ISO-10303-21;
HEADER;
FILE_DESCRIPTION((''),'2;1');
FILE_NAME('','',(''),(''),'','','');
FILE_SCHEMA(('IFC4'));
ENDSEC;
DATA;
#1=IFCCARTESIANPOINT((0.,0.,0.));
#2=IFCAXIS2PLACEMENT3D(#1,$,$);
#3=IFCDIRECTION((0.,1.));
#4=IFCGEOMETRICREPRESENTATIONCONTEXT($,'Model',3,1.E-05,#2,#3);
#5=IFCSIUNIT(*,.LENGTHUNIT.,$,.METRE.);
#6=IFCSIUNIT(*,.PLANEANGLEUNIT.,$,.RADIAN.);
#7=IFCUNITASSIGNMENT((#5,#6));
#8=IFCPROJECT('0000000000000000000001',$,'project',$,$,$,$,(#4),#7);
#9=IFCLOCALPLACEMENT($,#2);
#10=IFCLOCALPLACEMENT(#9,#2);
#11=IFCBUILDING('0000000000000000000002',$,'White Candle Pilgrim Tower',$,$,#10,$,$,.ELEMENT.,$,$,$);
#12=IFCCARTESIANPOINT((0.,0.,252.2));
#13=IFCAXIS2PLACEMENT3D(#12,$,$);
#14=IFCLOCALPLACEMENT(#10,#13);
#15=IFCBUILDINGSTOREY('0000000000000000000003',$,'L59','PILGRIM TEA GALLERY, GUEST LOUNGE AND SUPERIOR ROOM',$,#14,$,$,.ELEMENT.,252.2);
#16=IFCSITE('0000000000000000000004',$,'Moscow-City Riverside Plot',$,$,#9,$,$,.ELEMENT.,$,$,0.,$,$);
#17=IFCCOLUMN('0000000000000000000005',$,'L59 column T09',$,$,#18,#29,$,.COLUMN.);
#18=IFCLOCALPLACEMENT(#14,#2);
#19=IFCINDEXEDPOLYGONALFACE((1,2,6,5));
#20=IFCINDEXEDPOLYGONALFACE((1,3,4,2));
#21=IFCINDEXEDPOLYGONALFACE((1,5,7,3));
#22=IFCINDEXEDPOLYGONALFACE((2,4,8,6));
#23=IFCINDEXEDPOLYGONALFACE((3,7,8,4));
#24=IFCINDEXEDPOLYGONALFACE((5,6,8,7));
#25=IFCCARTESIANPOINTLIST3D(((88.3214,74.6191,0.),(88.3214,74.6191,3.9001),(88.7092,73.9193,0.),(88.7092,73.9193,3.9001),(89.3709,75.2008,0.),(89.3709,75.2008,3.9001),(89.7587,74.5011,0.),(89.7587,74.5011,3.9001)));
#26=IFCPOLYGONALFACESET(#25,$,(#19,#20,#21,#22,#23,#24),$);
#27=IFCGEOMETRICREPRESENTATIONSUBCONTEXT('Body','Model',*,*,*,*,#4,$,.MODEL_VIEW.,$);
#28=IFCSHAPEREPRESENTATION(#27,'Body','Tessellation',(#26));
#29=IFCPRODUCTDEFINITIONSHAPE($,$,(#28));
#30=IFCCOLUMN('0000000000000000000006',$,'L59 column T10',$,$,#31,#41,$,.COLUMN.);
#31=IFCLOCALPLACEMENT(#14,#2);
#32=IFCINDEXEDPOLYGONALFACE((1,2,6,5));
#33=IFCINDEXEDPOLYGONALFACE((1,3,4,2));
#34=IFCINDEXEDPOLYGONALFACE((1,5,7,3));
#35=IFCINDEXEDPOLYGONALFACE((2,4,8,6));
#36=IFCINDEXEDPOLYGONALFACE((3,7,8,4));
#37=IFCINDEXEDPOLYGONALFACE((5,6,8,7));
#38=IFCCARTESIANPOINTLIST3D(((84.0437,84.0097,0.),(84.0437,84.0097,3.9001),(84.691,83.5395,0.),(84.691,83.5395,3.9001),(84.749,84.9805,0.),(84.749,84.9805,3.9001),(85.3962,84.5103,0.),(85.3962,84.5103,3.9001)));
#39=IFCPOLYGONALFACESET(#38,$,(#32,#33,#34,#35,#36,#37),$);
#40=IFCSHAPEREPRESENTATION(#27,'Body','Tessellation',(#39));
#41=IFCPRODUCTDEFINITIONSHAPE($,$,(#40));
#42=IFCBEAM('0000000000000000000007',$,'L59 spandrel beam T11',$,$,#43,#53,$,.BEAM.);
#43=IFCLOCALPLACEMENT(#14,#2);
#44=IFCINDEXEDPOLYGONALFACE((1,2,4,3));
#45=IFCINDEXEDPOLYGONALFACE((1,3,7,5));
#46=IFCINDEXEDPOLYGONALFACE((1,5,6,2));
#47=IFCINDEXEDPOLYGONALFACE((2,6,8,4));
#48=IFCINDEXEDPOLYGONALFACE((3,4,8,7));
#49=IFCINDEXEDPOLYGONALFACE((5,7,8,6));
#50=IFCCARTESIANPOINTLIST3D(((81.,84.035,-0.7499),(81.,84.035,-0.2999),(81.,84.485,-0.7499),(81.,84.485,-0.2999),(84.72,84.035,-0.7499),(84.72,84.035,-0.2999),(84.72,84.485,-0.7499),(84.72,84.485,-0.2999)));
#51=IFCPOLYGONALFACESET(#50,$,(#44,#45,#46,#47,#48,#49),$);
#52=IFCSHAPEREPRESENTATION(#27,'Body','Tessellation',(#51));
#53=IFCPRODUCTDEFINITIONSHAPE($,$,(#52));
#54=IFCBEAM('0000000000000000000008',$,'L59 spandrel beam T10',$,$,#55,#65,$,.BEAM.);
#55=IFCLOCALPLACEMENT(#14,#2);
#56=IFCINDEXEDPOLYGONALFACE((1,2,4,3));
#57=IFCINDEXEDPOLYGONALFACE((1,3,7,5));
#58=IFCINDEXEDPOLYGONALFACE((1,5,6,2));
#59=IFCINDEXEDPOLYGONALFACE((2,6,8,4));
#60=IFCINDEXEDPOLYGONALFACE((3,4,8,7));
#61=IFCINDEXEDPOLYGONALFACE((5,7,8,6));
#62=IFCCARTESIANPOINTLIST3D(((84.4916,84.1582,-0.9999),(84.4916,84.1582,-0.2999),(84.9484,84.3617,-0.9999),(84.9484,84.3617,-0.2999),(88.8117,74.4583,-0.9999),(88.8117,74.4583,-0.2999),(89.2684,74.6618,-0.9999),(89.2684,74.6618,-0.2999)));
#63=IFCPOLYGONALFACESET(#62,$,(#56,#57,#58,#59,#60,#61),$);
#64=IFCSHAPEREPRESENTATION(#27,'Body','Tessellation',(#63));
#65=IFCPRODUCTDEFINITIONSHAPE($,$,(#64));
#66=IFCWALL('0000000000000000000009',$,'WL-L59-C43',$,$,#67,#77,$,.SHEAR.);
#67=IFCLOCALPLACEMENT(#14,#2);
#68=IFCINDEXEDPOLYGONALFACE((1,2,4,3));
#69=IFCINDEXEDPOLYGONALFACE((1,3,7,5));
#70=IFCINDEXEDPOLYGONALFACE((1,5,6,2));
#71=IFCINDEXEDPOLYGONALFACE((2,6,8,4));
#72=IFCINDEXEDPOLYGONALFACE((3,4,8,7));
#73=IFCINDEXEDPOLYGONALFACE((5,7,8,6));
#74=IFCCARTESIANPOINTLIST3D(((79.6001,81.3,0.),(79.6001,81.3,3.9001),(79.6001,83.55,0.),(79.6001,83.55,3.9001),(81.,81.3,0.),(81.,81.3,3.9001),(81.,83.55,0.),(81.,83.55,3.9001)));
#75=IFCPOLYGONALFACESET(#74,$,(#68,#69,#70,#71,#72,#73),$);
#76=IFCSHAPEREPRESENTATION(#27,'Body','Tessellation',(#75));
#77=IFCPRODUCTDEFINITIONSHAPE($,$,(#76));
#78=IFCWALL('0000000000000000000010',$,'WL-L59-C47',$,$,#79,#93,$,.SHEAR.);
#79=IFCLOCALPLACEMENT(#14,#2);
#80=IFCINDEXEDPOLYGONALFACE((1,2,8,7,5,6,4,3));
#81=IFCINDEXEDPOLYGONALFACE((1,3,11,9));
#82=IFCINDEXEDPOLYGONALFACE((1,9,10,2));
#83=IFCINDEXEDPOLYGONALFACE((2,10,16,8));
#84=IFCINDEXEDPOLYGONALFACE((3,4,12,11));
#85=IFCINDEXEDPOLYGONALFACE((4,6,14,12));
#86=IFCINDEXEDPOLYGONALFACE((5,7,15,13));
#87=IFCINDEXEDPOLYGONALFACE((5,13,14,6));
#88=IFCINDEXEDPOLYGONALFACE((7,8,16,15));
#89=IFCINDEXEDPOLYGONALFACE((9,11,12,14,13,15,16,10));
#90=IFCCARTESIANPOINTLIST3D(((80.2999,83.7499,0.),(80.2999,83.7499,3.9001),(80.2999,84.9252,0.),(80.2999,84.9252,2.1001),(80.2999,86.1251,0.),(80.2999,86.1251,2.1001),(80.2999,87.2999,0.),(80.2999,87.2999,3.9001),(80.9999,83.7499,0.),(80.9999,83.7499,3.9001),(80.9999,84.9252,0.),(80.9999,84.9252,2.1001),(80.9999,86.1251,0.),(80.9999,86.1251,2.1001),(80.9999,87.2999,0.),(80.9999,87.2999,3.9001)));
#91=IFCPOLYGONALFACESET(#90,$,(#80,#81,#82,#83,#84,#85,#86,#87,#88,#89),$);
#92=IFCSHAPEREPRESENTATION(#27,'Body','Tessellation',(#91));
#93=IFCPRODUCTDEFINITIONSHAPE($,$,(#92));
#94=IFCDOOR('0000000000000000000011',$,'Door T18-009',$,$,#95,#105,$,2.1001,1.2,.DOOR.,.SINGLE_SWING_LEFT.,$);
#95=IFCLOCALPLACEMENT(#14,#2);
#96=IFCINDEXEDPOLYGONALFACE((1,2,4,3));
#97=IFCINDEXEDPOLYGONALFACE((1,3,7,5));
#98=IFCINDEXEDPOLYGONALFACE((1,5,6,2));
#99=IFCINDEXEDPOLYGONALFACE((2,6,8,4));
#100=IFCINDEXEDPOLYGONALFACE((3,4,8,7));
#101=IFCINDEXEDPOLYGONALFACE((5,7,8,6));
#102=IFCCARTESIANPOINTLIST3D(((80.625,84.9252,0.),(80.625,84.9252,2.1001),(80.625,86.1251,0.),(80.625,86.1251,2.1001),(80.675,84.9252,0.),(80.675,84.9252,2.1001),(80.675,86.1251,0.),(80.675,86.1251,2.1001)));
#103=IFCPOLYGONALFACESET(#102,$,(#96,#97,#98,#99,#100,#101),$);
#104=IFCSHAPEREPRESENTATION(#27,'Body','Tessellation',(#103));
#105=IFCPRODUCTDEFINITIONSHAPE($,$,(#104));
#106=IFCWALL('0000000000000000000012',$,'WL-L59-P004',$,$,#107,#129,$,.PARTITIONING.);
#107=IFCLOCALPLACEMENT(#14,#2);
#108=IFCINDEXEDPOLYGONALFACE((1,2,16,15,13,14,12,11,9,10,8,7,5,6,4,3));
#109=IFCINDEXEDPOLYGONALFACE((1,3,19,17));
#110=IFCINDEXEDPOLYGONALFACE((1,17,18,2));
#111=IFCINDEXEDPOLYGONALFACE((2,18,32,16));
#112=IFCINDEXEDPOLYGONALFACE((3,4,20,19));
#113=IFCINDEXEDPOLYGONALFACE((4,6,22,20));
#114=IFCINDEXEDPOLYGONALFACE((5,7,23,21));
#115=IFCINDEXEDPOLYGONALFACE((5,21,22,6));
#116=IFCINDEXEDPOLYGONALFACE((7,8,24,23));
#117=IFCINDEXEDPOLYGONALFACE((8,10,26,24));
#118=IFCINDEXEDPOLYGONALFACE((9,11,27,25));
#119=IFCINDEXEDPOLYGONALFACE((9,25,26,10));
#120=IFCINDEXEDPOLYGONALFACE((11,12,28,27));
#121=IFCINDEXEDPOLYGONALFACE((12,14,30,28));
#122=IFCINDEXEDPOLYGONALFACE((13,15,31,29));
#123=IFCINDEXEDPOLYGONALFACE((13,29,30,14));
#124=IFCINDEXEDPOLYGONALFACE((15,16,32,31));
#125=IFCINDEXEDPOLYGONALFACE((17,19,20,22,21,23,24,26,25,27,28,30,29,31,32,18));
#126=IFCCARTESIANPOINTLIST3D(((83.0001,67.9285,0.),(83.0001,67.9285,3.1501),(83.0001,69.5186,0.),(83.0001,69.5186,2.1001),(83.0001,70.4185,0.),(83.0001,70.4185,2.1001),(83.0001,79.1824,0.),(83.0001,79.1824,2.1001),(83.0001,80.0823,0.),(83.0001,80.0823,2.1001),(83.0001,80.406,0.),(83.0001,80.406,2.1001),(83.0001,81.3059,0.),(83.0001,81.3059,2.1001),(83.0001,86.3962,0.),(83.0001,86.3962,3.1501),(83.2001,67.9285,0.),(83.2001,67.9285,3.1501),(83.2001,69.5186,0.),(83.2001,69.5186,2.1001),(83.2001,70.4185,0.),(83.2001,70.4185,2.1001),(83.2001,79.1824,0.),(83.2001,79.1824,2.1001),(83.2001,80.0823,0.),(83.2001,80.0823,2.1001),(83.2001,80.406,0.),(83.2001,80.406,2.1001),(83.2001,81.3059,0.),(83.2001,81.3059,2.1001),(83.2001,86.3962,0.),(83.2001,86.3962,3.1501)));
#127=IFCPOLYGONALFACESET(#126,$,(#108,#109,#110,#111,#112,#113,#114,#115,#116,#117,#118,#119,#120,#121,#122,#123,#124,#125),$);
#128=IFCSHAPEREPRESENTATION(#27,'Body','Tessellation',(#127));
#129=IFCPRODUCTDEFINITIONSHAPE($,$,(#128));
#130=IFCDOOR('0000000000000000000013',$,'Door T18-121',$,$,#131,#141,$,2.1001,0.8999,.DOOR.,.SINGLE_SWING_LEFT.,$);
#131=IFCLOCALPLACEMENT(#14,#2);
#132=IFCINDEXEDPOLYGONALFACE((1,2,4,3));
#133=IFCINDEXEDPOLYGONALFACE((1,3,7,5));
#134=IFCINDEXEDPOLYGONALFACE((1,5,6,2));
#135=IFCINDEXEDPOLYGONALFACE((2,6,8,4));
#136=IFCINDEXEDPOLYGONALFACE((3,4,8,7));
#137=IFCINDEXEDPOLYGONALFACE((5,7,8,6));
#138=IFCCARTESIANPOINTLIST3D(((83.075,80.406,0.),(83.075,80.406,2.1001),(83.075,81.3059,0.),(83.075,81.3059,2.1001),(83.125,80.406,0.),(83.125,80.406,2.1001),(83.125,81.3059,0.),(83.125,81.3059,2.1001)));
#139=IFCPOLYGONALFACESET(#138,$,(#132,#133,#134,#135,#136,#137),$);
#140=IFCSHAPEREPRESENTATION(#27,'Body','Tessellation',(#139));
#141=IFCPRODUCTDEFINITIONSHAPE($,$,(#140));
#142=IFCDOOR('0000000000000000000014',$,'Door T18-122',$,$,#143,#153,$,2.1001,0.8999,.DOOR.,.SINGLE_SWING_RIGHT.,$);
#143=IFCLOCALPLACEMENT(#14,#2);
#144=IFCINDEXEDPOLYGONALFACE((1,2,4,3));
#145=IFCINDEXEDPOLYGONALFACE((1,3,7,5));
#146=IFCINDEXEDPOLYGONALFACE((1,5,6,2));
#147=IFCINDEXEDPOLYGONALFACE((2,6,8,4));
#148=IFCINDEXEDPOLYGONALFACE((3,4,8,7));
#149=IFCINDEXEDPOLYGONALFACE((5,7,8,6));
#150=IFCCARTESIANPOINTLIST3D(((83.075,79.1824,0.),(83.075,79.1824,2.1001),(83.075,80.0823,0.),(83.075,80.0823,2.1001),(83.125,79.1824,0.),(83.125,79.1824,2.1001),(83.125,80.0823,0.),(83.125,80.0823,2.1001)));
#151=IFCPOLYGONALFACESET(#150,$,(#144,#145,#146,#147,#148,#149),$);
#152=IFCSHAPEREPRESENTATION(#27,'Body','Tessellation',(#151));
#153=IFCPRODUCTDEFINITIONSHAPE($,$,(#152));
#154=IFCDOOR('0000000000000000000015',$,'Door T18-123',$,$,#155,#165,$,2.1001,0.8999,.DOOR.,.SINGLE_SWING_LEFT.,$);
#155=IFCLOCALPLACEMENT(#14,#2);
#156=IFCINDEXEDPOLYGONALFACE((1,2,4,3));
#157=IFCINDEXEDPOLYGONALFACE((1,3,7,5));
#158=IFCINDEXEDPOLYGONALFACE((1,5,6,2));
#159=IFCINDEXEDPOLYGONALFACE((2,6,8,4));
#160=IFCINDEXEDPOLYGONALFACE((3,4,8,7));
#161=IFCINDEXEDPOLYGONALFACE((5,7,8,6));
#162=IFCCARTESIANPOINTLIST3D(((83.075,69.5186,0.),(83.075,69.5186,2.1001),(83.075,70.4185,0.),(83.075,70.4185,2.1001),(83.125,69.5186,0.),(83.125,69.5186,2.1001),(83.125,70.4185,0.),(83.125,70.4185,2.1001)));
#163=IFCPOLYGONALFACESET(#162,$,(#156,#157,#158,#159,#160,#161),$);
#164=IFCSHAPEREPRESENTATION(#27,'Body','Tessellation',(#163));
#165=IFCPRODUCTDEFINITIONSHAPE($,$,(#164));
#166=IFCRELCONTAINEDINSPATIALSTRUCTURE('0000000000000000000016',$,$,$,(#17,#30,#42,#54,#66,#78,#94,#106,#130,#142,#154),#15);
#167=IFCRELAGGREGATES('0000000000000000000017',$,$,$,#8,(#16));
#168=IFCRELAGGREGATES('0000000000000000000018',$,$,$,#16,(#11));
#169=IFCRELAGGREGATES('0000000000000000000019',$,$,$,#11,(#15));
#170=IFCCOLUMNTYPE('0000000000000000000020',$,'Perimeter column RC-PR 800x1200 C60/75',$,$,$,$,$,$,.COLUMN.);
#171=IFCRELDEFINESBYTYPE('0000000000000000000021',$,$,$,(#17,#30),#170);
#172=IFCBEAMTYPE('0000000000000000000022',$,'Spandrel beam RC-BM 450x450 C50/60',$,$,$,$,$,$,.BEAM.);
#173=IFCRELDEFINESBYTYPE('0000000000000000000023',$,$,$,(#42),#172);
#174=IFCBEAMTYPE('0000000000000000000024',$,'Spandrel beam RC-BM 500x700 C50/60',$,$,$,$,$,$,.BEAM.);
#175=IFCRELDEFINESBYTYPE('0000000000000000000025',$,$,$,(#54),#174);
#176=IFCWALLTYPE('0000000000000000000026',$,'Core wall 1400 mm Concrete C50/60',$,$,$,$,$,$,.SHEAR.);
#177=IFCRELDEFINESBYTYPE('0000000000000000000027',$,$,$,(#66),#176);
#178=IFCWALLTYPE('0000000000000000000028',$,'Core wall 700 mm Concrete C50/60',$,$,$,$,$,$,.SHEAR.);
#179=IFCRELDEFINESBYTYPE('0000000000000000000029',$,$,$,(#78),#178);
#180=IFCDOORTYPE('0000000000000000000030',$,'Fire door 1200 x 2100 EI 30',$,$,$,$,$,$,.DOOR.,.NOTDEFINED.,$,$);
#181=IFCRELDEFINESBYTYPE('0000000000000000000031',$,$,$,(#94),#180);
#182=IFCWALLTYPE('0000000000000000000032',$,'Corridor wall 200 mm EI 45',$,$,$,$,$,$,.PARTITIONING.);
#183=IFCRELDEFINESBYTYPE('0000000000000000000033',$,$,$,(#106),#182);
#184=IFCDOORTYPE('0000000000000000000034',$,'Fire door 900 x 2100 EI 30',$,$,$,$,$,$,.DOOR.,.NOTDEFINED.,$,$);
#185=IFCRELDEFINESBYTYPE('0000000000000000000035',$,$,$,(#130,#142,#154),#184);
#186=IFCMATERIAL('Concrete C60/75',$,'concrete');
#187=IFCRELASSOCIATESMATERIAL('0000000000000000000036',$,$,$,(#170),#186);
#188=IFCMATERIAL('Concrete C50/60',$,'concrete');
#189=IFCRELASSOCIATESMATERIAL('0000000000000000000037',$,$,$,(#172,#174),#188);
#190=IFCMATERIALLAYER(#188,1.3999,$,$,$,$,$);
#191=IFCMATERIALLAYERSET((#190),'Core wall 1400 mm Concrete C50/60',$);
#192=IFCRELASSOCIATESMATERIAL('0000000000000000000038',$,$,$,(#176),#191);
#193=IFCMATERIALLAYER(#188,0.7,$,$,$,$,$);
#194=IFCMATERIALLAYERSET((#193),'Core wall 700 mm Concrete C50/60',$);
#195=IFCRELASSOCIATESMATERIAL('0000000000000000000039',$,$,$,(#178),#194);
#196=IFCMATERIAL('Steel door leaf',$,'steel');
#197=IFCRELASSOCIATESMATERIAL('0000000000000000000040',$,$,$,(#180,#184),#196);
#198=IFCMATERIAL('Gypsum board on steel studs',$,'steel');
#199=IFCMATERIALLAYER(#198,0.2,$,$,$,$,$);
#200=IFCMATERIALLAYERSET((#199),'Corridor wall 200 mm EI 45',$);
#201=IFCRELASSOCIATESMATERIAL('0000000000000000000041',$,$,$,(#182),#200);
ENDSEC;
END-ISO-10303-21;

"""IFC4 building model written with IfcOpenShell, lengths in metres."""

from ifc_helpers import new_model, si_unit, direction, frame, frame_2d, origin, origin_2d, place, context, subcontext, project, spatial, rectangle, extrude, material, layer, layer_set, material_profile, profile_set, type_object, element, fill, save


model = new_model("IFC4")

# Units and contexts
model_context = context("Model", 3, precision=1e-05, world=origin(), true_north=direction((0.0, 1.0)))
body_context = subcontext(model_context, "Body", "Model", "MODEL_VIEW")
ifc_project = project(units=[si_unit("LENGTHUNIT", "METRE"), si_unit("PLANEANGLEUNIT", "RADIAN")], contexts=[model_context])

# Site, building, storey
site_placement = place(None, origin())
site = spatial("IfcSite", under=ifc_project, at=site_placement, Name="Moscow-City Riverside Plot", CompositionType="ELEMENT", RefElevation=0.0)
building_placement = place(site_placement, origin())
building = spatial("IfcBuilding", under=site, at=building_placement, Name="White Candle Pilgrim Tower", CompositionType="ELEMENT")
storey_placement = place(building_placement, frame((0.0, 0.0, 252.2)))
storey = spatial("IfcBuildingStorey", under=building, at=storey_placement, Name="L59", Description="PILGRIM TEA GALLERY, GUEST LOUNGE AND SUPERIOR ROOM", CompositionType="ELEMENT", Elevation=252.2)

# Columns
ifc_material_1 = material(Name="Concrete C60/75", Category="concrete")
ifc_material_profile_1 = material_profile(ifc_material_1, rectangle(XDim=0.8, YDim=1.2, at=origin_2d()), Name="RC-PR 800x1200")
ifc_profile_set_1 = profile_set([ifc_material_profile_1], Name="Concrete C60/75")
column_type = type_object("IfcColumnType", Name="Perimeter column RC-PR 800x1200 C60/75", PredefinedType="COLUMN", material=ifc_profile_set_1)
for number, where, z_axis, x_axis, name in (
    (1, (89.04, 74.5601, 0.0), (0.0, 0.0, 1.0), (0.48481, -0.87462, 0.0), "L59 column T09"),
    (2, (84.72, 84.26, 0.0), (0.0, 0.0, 1.0), (0.809027, -0.587771, 0.0), "L59 column T10"),
):
    element("IfcColumn", number, at=place(storey_placement, frame(where, z_axis=z_axis, x_axis=x_axis)), inside=storey, type_object=column_type, Name=name, PredefinedType="COLUMN", context=body_context, shape_type="SweptSolid", body=[
        extrude(rectangle(XDim=0.8, YDim=1.2, at=origin_2d()), origin(), (0.0, 0.0, 1.0), 3.9001),
    ])

# Beams
ifc_material_2 = material(Name="Concrete C50/60", Category="concrete")
ifc_material_profile_2 = material_profile(ifc_material_2, rectangle(XDim=0.45, YDim=0.45, at=origin_2d()), Name="RC-BM 450x450")
ifc_profile_set_2 = profile_set([ifc_material_profile_2], Name="Concrete C50/60")
beam_type_1 = type_object("IfcBeamType", Name="Spandrel beam RC-BM 450x450 C50/60", PredefinedType="BEAM", material=ifc_profile_set_2)
beam_1_placement = place(storey_placement, frame((84.72, 84.26, -0.5249), z_axis=(-1.0, 0.0, 0.0), x_axis=(0.0, -1.0, 0.0)))
element("IfcBeam", 3, at=beam_1_placement, inside=storey, type_object=beam_type_1, Name="L59 spandrel beam T11", PredefinedType="BEAM", context=body_context, shape_type="SweptSolid", body=[
    extrude(rectangle(XDim=0.45, YDim=0.45, at=origin_2d()), origin(), (0.0, 0.0, 1.0), 3.72),
])
ifc_material_profile_3 = material_profile(ifc_material_2, rectangle(XDim=0.5, YDim=0.7, at=origin_2d()), Name="RC-BM 500x700")
ifc_profile_set_3 = profile_set([ifc_material_profile_3], Name="Concrete C50/60")
beam_type_2 = type_object("IfcBeamType", Name="Spandrel beam RC-BM 500x700 C50/60", PredefinedType="BEAM", material=ifc_profile_set_3)
beam_2_placement = place(storey_placement, frame((89.04, 74.5601, -0.6499), z_axis=(-0.406844, 0.913497, 0.0), x_axis=(-0.913497, -0.406844, 0.0)))
element("IfcBeam", 4, at=beam_2_placement, inside=storey, type_object=beam_type_2, Name="L59 spandrel beam T10", PredefinedType="BEAM", context=body_context, shape_type="SweptSolid", body=[
    extrude(rectangle(XDim=0.5, YDim=0.7, at=origin_2d()), origin(), (0.0, 0.0, 1.0), 10.6184),
])

# Wall
ifc_layer_1 = layer(ifc_material_2, 1.3999)
ifc_layer_set_1 = layer_set([ifc_layer_1], Name="Core wall 1400 mm Concrete C50/60")
wall_type_1 = type_object("IfcWallType", Name="Core wall 1400 mm Concrete C50/60", PredefinedType="SHEAR", material=ifc_layer_set_1)
wall_1_placement = place(storey_placement, frame((80.3, 81.3, 0.0), z_axis=(0.0, 0.0, 1.0), x_axis=(0.0, 1.0, 0.0)))
element("IfcWall", 5, at=wall_1_placement, inside=storey, type_object=wall_type_1, Name="WL-L59-C43", PredefinedType="SHEAR", context=body_context, shape_type="SweptSolid", body=[
    extrude(rectangle(XDim=2.25, YDim=1.3999, at=frame_2d((1.125, 0.0))), origin(), (0.0, 0.0, 1.0), 3.9001),
])

# Wall, opening, door
ifc_layer_2 = layer(ifc_material_2, 0.7)
ifc_layer_set_2 = layer_set([ifc_layer_2], Name="Core wall 700 mm Concrete C50/60")
wall_type_2 = type_object("IfcWallType", Name="Core wall 700 mm Concrete C50/60", PredefinedType="SHEAR", material=ifc_layer_set_2)
wall_2_placement = place(storey_placement, frame((80.6499, 83.75, 0.0), z_axis=(0.0, 0.0, 1.0), x_axis=(0.0, 1.0, 0.0)))
wall_2 = element("IfcWall", 6, at=wall_2_placement, inside=storey, type_object=wall_type_2, Name="WL-L59-C47", PredefinedType="SHEAR", context=body_context, shape_type="SweptSolid", body=[
    extrude(rectangle(XDim=3.55, YDim=0.7, at=frame_2d((1.7749, 0.0))), origin(), (0.0, 0.0, 1.0), 3.9001),
])
opening_1_placement = place(wall_2_placement, frame((1.175, 0.0, 0.0)))
opening_1 = element("IfcOpeningElement", 7, at=opening_1_placement, cuts=wall_2, PredefinedType="OPENING", context=body_context, shape_type="SweptSolid", body=[
    extrude(rectangle(XDim=1.2, YDim=2.1001, at=frame_2d((0.6001, 1.05))), frame((0.0, 0.3599, 0.0), z_axis=(0.0, -1.0, 0.0), x_axis=(1.0, 0.0, 0.0)), (0.0, 0.0, 1.0), 0.72),
])
ifc_material_3 = material(Name="Steel door leaf", Category="steel")
door_type_1 = type_object("IfcDoorType", Name="Fire door 1200 x 2100 EI 30", OperationType="NOTDEFINED", PredefinedType="DOOR", material=ifc_material_3)
door_1_placement = place(opening_1_placement, origin())
door_1 = element("IfcDoor", 8, at=door_1_placement, inside=storey, type_object=door_type_1, Name="Door T18-009", OperationType="SINGLE_SWING_LEFT", OverallHeight=2.1001, OverallWidth=1.2, PredefinedType="DOOR", context=body_context, shape_type="SweptSolid", body=[
    extrude(rectangle(XDim=1.2, YDim=2.1001, at=frame_2d((0.6001, 1.05))), frame((0.0, 0.0249, 0.0), z_axis=(0.0, -1.0, 0.0), x_axis=(1.0, 0.0, 0.0)), (0.0, 0.0, 1.0), 0.05),
])
fill(opening_1, door_1)

# Wall, openings, doors
ifc_material_4 = material(Name="Gypsum board on steel studs", Category="steel")
ifc_layer_3 = layer(ifc_material_4, 0.2)
ifc_layer_set_3 = layer_set([ifc_layer_3], Name="Corridor wall 200 mm EI 45")
wall_type_3 = type_object("IfcWallType", Name="Corridor wall 200 mm EI 45", PredefinedType="PARTITIONING", material=ifc_layer_set_3)
wall_3_placement = place(storey_placement, frame((83.1001, 86.3962, 0.0), z_axis=(0.0, 0.0, 1.0), x_axis=(0.0, -1.0, 0.0)))
wall_3 = element("IfcWall", 9, at=wall_3_placement, inside=storey, type_object=wall_type_3, Name="WL-L59-P004", PredefinedType="PARTITIONING", context=body_context, shape_type="SweptSolid", body=[
    extrude(rectangle(XDim=18.4678, YDim=0.2, at=frame_2d((9.2339, 0.0))), origin(), (0.0, 0.0, 1.0), 3.1501),
])
opening_2_placement = place(wall_3_placement, frame((5.0903, 0.0, 0.0)))
opening_2 = element("IfcOpeningElement", 10, at=opening_2_placement, cuts=wall_3, PredefinedType="OPENING", context=body_context, shape_type="SweptSolid", body=[
    extrude(rectangle(XDim=0.8999, YDim=2.1001, at=frame_2d((0.45, 1.05))), frame((0.0, 0.1099, 0.0), z_axis=(0.0, -1.0, 0.0), x_axis=(1.0, 0.0, 0.0)), (0.0, 0.0, 1.0), 0.22),
])
opening_3_placement = place(wall_3_placement, frame((6.314, 0.0, 0.0)))
opening_3 = element("IfcOpeningElement", 11, at=opening_3_placement, cuts=wall_3, PredefinedType="OPENING", context=body_context, shape_type="SweptSolid", body=[
    extrude(rectangle(XDim=0.8999, YDim=2.1001, at=frame_2d((0.45, 1.05))), frame((0.0, 0.1099, 0.0), z_axis=(0.0, -1.0, 0.0), x_axis=(1.0, 0.0, 0.0)), (0.0, 0.0, 1.0), 0.22),
])
opening_4_placement = place(wall_3_placement, frame((15.9778, 0.0, 0.0)))
opening_4 = element("IfcOpeningElement", 12, at=opening_4_placement, cuts=wall_3, PredefinedType="OPENING", context=body_context, shape_type="SweptSolid", body=[
    extrude(rectangle(XDim=0.8999, YDim=2.1001, at=frame_2d((0.45, 1.05))), frame((0.0, 0.1099, 0.0), z_axis=(0.0, -1.0, 0.0), x_axis=(1.0, 0.0, 0.0)), (0.0, 0.0, 1.0), 0.22),
])
door_type_2 = type_object("IfcDoorType", Name="Fire door 900 x 2100 EI 30", OperationType="NOTDEFINED", PredefinedType="DOOR", material=ifc_material_3)
door_2_placement = place(opening_2_placement, origin())
door_2 = element("IfcDoor", 13, at=door_2_placement, inside=storey, type_object=door_type_2, Name="Door T18-121", OperationType="SINGLE_SWING_LEFT", OverallHeight=2.1001, OverallWidth=0.8999, PredefinedType="DOOR", context=body_context, shape_type="SweptSolid", body=[
    extrude(rectangle(XDim=0.8999, YDim=2.1001, at=frame_2d((0.45, 1.05))), frame((0.0, 0.0249, 0.0), z_axis=(0.0, -1.0, 0.0), x_axis=(1.0, 0.0, 0.0)), (0.0, 0.0, 1.0), 0.05),
])
fill(opening_2, door_2)
door_3_placement = place(opening_3_placement, origin())
door_3 = element("IfcDoor", 14, at=door_3_placement, inside=storey, type_object=door_type_2, Name="Door T18-122", OperationType="SINGLE_SWING_RIGHT", OverallHeight=2.1001, OverallWidth=0.8999, PredefinedType="DOOR", context=body_context, shape_type="SweptSolid", body=[
    extrude(rectangle(XDim=0.8999, YDim=2.1001, at=frame_2d((0.45, 1.05))), frame((0.0, 0.0249, 0.0), z_axis=(0.0, -1.0, 0.0), x_axis=(1.0, 0.0, 0.0)), (0.0, 0.0, 1.0), 0.05),
])
fill(opening_3, door_3)
door_4_placement = place(opening_4_placement, origin())
door_4 = element("IfcDoor", 15, at=door_4_placement, inside=storey, type_object=door_type_2, Name="Door T18-123", OperationType="SINGLE_SWING_LEFT", OverallHeight=2.1001, OverallWidth=0.8999, PredefinedType="DOOR", context=body_context, shape_type="SweptSolid", body=[
    extrude(rectangle(XDim=0.8999, YDim=2.1001, at=frame_2d((0.45, 1.05))), frame((0.0, 0.0249, 0.0), z_axis=(0.0, -1.0, 0.0), x_axis=(1.0, 0.0, 0.0)), (0.0, 0.0, 1.0), 0.05),
])
fill(opening_4, door_4)

save(model, "model.ifc")
